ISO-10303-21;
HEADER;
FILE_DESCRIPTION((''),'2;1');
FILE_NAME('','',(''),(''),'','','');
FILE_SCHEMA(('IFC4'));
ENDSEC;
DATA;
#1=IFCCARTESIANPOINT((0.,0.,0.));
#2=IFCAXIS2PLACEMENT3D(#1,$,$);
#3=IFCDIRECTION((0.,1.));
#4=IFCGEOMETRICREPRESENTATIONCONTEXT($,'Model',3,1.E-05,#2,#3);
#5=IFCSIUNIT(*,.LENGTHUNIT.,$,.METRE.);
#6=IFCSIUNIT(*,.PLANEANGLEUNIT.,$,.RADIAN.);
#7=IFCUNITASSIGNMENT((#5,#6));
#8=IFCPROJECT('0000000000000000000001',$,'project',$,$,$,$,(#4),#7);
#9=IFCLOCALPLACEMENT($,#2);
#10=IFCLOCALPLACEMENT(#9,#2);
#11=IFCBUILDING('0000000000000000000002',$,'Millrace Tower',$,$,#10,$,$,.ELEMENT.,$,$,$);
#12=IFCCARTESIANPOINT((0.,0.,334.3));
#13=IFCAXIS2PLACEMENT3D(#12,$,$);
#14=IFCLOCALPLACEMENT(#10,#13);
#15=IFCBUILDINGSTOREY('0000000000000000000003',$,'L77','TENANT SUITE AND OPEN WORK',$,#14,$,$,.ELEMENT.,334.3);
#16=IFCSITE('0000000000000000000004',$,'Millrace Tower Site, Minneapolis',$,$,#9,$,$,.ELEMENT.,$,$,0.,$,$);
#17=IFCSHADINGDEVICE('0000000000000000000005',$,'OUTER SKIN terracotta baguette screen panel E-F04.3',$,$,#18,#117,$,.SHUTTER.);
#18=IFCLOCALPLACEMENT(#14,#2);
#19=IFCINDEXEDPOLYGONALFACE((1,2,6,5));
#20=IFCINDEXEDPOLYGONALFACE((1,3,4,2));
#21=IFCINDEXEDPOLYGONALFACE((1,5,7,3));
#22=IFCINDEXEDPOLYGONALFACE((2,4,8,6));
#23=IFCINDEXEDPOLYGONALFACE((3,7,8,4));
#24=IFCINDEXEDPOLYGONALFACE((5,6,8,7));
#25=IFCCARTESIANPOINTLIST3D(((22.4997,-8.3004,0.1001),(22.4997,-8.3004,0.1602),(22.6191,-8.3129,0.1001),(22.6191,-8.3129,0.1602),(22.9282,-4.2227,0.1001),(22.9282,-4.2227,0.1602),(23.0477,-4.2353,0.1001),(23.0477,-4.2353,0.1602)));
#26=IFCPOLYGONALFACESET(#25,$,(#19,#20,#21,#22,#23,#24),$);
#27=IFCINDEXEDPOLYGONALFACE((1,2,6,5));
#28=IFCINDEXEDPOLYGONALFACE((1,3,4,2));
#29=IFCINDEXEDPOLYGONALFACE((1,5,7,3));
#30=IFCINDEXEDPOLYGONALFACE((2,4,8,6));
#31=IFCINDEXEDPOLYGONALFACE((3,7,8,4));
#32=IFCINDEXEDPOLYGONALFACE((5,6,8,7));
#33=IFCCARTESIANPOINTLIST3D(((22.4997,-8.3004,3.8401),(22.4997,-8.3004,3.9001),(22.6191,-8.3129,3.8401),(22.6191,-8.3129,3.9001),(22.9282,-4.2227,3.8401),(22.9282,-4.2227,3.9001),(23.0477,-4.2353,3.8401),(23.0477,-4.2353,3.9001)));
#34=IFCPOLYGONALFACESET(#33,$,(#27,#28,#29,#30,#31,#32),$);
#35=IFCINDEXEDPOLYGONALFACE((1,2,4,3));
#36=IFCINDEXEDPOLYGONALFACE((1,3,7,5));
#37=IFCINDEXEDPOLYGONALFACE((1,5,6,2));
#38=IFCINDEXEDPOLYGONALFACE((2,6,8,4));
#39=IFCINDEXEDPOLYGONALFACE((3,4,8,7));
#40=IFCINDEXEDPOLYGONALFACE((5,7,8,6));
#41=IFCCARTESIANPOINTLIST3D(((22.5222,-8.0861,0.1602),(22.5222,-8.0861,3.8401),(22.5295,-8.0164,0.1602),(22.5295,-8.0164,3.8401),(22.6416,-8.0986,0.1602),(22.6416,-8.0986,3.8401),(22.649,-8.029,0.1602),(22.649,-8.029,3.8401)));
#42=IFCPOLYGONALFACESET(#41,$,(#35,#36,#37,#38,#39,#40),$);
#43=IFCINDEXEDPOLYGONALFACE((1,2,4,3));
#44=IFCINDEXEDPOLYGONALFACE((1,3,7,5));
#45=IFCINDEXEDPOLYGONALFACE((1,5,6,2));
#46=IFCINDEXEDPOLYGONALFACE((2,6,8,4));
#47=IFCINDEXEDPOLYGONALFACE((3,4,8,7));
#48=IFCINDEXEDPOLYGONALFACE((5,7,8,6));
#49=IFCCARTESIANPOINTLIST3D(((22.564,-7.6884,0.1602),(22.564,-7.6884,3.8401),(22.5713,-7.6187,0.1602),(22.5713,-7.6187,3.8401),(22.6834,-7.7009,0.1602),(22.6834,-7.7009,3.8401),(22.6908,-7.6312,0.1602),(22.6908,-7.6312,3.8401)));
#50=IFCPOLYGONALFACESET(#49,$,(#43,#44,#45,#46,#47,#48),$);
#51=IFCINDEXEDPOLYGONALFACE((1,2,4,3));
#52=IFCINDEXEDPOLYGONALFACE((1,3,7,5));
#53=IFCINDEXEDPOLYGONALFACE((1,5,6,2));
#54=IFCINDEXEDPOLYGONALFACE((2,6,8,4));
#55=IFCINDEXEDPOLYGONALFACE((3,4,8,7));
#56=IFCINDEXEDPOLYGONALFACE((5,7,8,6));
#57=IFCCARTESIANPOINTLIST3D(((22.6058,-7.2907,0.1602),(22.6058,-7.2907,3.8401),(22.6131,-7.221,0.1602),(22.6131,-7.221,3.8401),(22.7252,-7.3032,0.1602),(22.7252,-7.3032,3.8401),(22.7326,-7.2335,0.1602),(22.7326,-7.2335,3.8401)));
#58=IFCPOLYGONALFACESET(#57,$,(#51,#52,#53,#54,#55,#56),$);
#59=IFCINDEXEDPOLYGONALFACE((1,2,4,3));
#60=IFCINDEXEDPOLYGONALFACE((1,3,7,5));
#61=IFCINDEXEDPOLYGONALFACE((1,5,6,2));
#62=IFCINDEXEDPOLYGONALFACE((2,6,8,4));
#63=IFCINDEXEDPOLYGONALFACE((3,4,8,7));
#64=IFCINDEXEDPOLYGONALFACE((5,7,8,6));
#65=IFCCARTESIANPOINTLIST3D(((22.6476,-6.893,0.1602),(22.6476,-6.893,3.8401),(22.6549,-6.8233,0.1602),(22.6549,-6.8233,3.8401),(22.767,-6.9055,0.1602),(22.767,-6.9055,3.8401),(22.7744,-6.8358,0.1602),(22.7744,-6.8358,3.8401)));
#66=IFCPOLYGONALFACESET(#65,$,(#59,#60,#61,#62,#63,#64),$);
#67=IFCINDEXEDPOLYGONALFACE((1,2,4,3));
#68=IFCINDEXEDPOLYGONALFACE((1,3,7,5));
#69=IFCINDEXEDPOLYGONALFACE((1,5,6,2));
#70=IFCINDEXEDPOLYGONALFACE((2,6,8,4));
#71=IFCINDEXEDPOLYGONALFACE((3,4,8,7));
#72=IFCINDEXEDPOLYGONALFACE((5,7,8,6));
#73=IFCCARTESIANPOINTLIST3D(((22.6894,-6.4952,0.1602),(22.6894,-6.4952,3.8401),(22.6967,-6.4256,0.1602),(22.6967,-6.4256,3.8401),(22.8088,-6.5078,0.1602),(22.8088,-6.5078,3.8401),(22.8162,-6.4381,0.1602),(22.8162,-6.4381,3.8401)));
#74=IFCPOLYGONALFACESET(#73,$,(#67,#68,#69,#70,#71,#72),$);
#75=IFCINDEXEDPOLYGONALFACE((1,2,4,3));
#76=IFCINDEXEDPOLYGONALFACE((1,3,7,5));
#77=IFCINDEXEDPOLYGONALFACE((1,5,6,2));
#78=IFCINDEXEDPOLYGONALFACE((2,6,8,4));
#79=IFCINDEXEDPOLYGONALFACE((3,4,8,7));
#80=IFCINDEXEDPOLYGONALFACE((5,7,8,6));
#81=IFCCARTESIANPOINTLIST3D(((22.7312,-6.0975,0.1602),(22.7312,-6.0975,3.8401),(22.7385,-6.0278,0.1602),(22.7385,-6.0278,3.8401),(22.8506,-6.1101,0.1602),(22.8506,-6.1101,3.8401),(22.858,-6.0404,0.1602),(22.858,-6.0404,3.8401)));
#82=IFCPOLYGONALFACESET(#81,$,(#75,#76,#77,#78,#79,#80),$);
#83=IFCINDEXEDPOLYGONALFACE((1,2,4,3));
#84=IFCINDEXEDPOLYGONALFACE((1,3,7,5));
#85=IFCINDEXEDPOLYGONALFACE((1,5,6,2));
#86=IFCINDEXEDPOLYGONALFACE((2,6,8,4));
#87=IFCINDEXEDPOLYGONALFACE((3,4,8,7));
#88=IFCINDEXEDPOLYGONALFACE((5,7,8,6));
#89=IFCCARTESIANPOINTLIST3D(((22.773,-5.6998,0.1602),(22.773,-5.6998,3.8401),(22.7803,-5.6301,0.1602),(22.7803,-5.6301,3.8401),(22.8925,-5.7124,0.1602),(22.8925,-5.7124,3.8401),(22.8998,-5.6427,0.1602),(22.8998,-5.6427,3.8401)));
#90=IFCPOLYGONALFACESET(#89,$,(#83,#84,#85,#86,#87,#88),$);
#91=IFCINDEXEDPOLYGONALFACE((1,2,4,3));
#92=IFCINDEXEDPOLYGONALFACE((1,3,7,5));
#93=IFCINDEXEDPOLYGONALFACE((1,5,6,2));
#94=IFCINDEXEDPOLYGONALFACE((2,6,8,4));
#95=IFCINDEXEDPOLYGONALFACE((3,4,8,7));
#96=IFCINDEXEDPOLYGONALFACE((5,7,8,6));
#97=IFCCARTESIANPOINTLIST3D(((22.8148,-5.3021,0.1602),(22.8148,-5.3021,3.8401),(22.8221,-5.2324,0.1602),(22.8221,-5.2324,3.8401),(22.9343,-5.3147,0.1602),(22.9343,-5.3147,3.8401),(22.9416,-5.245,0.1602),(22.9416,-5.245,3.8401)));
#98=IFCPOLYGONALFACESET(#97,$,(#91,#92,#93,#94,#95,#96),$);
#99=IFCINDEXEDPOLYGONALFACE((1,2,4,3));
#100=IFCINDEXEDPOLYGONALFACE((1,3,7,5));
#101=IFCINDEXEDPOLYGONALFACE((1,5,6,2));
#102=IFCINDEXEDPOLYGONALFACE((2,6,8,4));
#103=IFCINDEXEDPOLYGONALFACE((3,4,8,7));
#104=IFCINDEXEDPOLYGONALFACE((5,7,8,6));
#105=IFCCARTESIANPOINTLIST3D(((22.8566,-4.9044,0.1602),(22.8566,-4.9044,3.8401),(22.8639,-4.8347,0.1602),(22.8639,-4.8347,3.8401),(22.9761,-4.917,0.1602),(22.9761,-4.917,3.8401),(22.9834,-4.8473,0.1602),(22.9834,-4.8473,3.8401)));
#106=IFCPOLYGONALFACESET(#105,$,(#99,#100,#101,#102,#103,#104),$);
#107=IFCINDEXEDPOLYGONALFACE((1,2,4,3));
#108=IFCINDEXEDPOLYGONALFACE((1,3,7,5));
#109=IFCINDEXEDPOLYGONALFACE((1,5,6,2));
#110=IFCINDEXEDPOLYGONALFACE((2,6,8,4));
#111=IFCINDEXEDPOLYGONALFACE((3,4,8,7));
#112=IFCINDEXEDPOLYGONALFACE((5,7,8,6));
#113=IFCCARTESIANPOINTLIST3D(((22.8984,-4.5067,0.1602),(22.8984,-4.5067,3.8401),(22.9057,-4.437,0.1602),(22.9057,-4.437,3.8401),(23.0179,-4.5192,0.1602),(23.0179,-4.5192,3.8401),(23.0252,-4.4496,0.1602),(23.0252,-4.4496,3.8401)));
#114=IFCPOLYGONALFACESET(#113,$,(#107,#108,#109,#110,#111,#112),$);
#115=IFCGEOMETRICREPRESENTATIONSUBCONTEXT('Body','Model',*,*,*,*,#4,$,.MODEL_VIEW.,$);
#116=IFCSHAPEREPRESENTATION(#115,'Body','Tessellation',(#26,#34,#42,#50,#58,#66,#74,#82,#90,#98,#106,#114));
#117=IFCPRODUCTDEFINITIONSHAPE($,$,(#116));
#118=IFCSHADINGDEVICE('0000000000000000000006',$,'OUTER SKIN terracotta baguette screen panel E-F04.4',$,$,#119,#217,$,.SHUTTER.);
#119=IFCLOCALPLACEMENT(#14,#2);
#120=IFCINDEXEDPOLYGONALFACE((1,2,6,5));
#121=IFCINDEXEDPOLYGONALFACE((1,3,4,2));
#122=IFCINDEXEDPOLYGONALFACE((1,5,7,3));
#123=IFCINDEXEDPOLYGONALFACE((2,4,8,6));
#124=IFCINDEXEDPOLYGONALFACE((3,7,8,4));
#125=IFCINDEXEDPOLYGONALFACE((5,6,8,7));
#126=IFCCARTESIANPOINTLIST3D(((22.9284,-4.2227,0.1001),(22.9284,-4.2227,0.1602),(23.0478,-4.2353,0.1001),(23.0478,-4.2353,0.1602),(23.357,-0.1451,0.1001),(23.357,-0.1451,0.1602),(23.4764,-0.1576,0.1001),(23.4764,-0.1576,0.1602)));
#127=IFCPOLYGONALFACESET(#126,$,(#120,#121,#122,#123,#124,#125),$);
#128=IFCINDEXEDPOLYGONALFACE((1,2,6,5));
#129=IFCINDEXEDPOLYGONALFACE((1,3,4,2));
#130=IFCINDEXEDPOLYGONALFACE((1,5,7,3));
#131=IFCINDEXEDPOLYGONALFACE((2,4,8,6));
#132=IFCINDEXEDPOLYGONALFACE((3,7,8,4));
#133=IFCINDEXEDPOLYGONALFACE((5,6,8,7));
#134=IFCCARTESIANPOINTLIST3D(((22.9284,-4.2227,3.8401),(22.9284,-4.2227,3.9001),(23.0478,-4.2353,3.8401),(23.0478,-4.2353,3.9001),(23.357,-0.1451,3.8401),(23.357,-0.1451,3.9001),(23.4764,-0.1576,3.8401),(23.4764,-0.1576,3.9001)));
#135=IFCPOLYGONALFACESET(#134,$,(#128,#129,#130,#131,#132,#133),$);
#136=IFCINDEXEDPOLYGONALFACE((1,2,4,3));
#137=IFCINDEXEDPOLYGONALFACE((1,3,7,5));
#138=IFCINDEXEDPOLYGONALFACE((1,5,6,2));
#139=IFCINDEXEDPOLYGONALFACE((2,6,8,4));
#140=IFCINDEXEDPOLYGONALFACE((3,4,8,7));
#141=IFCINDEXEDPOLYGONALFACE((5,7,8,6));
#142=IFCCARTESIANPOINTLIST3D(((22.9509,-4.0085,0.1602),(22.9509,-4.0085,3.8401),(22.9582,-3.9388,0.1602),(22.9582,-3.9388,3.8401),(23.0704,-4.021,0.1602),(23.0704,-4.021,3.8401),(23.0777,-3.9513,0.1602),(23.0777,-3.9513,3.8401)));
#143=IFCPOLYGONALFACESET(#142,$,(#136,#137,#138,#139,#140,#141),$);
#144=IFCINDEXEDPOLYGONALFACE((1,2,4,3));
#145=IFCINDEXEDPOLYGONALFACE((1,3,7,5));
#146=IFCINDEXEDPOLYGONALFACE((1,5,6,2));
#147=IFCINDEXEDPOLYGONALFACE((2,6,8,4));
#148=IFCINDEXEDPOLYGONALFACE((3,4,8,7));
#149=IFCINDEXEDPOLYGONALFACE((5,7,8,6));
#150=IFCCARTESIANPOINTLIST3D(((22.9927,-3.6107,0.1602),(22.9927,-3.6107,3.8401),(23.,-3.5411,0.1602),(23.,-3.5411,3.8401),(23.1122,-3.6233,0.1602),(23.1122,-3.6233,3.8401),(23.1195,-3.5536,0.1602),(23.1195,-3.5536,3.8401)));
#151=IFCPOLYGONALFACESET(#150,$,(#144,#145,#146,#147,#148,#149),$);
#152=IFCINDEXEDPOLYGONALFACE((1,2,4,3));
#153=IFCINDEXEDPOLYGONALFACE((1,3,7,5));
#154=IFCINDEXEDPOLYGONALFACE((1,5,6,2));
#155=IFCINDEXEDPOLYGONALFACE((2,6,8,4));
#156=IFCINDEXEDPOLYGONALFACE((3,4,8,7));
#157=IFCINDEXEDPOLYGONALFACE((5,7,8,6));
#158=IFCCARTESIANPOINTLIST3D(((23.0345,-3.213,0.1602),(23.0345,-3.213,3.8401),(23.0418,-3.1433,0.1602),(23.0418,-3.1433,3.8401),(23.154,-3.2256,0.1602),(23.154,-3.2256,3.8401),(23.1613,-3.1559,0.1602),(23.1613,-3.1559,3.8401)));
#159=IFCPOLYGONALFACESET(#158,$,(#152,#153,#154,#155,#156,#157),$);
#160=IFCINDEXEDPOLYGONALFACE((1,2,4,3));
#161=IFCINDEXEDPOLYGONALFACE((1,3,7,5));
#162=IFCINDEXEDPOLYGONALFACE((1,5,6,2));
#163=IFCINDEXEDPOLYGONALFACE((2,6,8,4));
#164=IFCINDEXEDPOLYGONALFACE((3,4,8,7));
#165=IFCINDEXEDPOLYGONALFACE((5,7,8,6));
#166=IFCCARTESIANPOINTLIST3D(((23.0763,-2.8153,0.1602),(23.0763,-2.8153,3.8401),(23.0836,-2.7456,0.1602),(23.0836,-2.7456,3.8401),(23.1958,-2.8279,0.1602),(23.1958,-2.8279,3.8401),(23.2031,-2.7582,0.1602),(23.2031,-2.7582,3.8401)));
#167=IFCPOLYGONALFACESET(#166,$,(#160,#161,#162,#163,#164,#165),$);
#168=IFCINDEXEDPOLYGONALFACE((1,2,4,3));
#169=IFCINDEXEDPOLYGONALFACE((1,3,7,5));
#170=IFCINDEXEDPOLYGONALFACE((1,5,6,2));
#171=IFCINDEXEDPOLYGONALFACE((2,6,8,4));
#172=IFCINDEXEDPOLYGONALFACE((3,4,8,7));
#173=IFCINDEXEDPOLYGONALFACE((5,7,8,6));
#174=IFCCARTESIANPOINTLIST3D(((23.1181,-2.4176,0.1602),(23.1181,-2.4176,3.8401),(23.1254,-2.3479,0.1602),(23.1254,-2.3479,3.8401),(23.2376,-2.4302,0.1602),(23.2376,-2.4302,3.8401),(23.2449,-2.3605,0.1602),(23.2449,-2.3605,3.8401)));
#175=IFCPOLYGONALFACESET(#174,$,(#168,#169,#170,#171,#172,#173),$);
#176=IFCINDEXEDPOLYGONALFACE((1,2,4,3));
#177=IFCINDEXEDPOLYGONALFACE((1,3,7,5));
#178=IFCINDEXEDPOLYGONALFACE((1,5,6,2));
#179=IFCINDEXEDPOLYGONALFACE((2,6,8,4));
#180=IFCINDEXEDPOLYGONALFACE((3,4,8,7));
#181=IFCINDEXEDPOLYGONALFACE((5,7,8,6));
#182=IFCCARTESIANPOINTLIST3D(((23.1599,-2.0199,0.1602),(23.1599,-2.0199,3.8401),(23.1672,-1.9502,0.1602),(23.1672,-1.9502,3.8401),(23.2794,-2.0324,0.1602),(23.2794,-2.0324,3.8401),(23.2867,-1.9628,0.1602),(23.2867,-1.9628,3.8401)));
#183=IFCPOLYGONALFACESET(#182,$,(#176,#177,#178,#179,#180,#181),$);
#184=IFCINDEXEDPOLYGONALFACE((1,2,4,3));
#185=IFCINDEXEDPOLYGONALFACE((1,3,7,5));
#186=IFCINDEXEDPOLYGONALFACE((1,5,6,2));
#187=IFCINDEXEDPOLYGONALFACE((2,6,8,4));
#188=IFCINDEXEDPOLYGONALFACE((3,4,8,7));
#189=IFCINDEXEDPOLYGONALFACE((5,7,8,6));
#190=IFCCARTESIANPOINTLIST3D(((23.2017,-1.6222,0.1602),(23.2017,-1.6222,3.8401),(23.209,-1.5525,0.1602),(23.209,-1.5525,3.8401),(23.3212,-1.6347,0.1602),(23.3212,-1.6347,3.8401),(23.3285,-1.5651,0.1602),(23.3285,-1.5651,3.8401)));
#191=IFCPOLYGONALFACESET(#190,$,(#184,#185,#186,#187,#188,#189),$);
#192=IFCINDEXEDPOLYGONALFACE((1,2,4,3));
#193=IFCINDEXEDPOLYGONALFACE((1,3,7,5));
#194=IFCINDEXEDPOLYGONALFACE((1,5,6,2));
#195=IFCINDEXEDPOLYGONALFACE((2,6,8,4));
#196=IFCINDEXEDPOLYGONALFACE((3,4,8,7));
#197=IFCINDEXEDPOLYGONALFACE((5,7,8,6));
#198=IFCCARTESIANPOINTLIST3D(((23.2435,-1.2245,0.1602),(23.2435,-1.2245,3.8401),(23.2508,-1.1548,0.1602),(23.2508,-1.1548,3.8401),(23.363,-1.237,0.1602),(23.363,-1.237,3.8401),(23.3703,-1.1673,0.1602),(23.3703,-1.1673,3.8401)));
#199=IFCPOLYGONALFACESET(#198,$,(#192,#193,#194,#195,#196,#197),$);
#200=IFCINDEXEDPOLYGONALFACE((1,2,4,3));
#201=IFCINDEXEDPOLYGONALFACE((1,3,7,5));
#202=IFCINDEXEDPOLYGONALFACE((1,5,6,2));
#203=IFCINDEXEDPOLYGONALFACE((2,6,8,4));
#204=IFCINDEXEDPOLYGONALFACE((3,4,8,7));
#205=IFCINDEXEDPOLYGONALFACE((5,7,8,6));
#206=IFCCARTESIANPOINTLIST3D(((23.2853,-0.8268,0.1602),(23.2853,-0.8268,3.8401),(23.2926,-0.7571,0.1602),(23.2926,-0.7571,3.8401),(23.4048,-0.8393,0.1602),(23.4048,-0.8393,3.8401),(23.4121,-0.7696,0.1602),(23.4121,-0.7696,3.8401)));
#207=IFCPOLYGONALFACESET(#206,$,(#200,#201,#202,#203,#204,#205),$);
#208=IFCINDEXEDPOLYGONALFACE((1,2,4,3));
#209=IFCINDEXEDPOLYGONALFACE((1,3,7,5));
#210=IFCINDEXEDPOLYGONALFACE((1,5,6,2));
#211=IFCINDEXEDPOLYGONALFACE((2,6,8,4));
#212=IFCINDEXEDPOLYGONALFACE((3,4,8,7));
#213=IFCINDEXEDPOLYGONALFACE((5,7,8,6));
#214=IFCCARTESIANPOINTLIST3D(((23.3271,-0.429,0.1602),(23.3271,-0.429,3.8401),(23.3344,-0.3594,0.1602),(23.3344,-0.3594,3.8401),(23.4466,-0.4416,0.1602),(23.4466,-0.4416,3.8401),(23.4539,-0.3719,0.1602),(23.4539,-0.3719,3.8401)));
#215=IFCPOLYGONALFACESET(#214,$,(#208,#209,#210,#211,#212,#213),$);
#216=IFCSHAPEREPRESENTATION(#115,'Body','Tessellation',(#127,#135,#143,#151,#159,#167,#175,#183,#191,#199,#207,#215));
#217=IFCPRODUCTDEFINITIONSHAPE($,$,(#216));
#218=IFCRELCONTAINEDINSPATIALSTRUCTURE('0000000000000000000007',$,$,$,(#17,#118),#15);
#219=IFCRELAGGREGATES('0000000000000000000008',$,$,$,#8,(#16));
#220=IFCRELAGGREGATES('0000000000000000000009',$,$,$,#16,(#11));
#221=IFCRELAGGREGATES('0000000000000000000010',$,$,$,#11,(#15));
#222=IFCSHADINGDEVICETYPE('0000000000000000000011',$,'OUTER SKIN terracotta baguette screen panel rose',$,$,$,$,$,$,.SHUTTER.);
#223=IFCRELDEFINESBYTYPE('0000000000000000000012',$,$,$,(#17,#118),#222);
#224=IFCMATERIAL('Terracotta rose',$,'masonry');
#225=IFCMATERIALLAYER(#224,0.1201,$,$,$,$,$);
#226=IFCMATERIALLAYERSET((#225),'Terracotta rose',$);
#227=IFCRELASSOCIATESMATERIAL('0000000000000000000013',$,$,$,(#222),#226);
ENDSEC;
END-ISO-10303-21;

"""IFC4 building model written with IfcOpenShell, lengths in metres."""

from ifc_helpers import new_model, entity, si_unit, direction, frame, frame_2d, origin, place, context, subcontext, project, spatial, rectangle, extrude, source, transform, mapped, material, layer, layer_set, type_object, element, save


model = new_model("IFC4")

# Units and contexts
model_context = context("Model", 3, precision=1e-05, world=origin(), true_north=direction((0.0, 1.0)))
body_context = subcontext(model_context, "Body", "Model", "MODEL_VIEW")
ifc_project = project(units=[si_unit("LENGTHUNIT", "METRE"), si_unit("PLANEANGLEUNIT", "RADIAN")], contexts=[model_context])

# Site, building, storey
site_placement = place(None, origin())
site = spatial("IfcSite", under=ifc_project, at=site_placement, Name="Millrace Tower Site, Minneapolis", CompositionType="ELEMENT", RefElevation=0.0)
building_placement = place(site_placement, origin())
building = spatial("IfcBuilding", under=site, at=building_placement, Name="Millrace Tower", CompositionType="ELEMENT")
storey_placement = place(building_placement, frame((0.0, 0.0, 334.3)))
storey = spatial("IfcBuildingStorey", under=building, at=storey_placement, Name="L77", Description="TENANT SUITE AND OPEN WORK", CompositionType="ELEMENT", Elevation=334.3)

# Shading devices
ifc_material_1 = material(Name="Terracotta rose", Category="masonry")
ifc_layer_1 = layer(ifc_material_1, 0.1201)
ifc_layer_set_1 = layer_set([ifc_layer_1], Name="Terracotta rose")
shading_device_type = type_object("IfcShadingDeviceType", Name="OUTER SKIN terracotta baguette screen panel rose", PredefinedType="SHUTTER", material=ifc_layer_set_1)
cartesian_point = entity("IfcCartesianPoint", [-2.05, 0.0601])
shared_polyline = entity("IfcPolyline", [cartesian_point, entity("IfcCartesianPoint", [2.05, 0.0601]), entity("IfcCartesianPoint", [2.05, -0.0601]), entity("IfcCartesianPoint", [-2.05, -0.0601]), cartesian_point])
shared_shape = source(origin(), body_context, "Body", "SweptSolid", [
    entity("IfcExtrudedAreaSolid", entity("IfcArbitraryClosedProfileDef", "AREA", None, shared_polyline), entity("IfcAxis2Placement3D", entity("IfcCartesianPoint", [0.0, 0.0, 0.0])), entity("IfcDirection", [0.0, 0.0, 1.0]), 0.0601),
    entity("IfcExtrudedAreaSolid", entity("IfcArbitraryClosedProfileDef", "AREA", None, shared_polyline), entity("IfcAxis2Placement3D", entity("IfcCartesianPoint", [0.0, 0.0, 3.74])), entity("IfcDirection", [0.0, 0.0, 1.0]), 0.0601),
    extrude(rectangle(XDim=0.0701, YDim=0.1201, at=frame_2d((-1.7996, 0.0))), frame((0.0, 0.0, 0.0601)), (0.0, 0.0, 1.0), 3.6799),
    extrude(rectangle(XDim=0.0701, YDim=0.1201, at=frame_2d((-1.3997, 0.0))), frame((0.0, 0.0, 0.0601)), (0.0, 0.0, 1.0), 3.6799),
    extrude(rectangle(XDim=0.0701, YDim=0.1201, at=frame_2d((-0.9998, 0.0))), frame((0.0, 0.0, 0.0601)), (0.0, 0.0, 1.0), 3.6799),
    extrude(rectangle(XDim=0.0701, YDim=0.1201, at=frame_2d((-0.5999, 0.0))), frame((0.0, 0.0, 0.0601)), (0.0, 0.0, 1.0), 3.6799),
    extrude(rectangle(XDim=0.0701, YDim=0.1201, at=frame_2d((-0.2, 0.0))), frame((0.0, 0.0, 0.0601)), (0.0, 0.0, 1.0), 3.6799),
    extrude(rectangle(XDim=0.0701, YDim=0.1201, at=frame_2d((0.2, 0.0))), frame((0.0, 0.0, 0.0601)), (0.0, 0.0, 1.0), 3.6799),
    extrude(rectangle(XDim=0.0701, YDim=0.1201, at=frame_2d((0.5999, 0.0))), frame((0.0, 0.0, 0.0601)), (0.0, 0.0, 1.0), 3.6799),
    extrude(rectangle(XDim=0.0701, YDim=0.1201, at=frame_2d((0.9998, 0.0))), frame((0.0, 0.0, 0.0601)), (0.0, 0.0, 1.0), 3.6799),
    extrude(rectangle(XDim=0.0701, YDim=0.1201, at=frame_2d((1.3997, 0.0))), frame((0.0, 0.0, 0.0601)), (0.0, 0.0, 1.0), 3.6799),
    extrude(rectangle(XDim=0.0701, YDim=0.1201, at=frame_2d((1.7996, 0.0))), frame((0.0, 0.0, 0.0601)), (0.0, 0.0, 1.0), 3.6799),
])
for number, where, z_axis, x_axis, name in (
    (1, (22.7737, -6.2678, 0.1001), (0.0, 0.0, 1.0), (0.104528, 0.994522, 0.0), "OUTER SKIN terracotta baguette screen panel E-F04.3"),
    (2, (23.2024, -2.1902, 0.1001), (0.0, 0.0, 1.0), (0.104528, 0.994522, 0.0), "OUTER SKIN terracotta baguette screen panel E-F04.4"),
):
    element("IfcShadingDevice", number, at=place(storey_placement, frame(where, z_axis=z_axis, x_axis=x_axis)), inside=storey, type_object=shading_device_type, Name=name, PredefinedType="SHUTTER", context=body_context, shape_type="MappedRepresentation", body=[
        mapped(shared_shape, transform((0.0, 0.0, 0.0), scale=1.0)),
    ])

save(model, "model.ifc")
